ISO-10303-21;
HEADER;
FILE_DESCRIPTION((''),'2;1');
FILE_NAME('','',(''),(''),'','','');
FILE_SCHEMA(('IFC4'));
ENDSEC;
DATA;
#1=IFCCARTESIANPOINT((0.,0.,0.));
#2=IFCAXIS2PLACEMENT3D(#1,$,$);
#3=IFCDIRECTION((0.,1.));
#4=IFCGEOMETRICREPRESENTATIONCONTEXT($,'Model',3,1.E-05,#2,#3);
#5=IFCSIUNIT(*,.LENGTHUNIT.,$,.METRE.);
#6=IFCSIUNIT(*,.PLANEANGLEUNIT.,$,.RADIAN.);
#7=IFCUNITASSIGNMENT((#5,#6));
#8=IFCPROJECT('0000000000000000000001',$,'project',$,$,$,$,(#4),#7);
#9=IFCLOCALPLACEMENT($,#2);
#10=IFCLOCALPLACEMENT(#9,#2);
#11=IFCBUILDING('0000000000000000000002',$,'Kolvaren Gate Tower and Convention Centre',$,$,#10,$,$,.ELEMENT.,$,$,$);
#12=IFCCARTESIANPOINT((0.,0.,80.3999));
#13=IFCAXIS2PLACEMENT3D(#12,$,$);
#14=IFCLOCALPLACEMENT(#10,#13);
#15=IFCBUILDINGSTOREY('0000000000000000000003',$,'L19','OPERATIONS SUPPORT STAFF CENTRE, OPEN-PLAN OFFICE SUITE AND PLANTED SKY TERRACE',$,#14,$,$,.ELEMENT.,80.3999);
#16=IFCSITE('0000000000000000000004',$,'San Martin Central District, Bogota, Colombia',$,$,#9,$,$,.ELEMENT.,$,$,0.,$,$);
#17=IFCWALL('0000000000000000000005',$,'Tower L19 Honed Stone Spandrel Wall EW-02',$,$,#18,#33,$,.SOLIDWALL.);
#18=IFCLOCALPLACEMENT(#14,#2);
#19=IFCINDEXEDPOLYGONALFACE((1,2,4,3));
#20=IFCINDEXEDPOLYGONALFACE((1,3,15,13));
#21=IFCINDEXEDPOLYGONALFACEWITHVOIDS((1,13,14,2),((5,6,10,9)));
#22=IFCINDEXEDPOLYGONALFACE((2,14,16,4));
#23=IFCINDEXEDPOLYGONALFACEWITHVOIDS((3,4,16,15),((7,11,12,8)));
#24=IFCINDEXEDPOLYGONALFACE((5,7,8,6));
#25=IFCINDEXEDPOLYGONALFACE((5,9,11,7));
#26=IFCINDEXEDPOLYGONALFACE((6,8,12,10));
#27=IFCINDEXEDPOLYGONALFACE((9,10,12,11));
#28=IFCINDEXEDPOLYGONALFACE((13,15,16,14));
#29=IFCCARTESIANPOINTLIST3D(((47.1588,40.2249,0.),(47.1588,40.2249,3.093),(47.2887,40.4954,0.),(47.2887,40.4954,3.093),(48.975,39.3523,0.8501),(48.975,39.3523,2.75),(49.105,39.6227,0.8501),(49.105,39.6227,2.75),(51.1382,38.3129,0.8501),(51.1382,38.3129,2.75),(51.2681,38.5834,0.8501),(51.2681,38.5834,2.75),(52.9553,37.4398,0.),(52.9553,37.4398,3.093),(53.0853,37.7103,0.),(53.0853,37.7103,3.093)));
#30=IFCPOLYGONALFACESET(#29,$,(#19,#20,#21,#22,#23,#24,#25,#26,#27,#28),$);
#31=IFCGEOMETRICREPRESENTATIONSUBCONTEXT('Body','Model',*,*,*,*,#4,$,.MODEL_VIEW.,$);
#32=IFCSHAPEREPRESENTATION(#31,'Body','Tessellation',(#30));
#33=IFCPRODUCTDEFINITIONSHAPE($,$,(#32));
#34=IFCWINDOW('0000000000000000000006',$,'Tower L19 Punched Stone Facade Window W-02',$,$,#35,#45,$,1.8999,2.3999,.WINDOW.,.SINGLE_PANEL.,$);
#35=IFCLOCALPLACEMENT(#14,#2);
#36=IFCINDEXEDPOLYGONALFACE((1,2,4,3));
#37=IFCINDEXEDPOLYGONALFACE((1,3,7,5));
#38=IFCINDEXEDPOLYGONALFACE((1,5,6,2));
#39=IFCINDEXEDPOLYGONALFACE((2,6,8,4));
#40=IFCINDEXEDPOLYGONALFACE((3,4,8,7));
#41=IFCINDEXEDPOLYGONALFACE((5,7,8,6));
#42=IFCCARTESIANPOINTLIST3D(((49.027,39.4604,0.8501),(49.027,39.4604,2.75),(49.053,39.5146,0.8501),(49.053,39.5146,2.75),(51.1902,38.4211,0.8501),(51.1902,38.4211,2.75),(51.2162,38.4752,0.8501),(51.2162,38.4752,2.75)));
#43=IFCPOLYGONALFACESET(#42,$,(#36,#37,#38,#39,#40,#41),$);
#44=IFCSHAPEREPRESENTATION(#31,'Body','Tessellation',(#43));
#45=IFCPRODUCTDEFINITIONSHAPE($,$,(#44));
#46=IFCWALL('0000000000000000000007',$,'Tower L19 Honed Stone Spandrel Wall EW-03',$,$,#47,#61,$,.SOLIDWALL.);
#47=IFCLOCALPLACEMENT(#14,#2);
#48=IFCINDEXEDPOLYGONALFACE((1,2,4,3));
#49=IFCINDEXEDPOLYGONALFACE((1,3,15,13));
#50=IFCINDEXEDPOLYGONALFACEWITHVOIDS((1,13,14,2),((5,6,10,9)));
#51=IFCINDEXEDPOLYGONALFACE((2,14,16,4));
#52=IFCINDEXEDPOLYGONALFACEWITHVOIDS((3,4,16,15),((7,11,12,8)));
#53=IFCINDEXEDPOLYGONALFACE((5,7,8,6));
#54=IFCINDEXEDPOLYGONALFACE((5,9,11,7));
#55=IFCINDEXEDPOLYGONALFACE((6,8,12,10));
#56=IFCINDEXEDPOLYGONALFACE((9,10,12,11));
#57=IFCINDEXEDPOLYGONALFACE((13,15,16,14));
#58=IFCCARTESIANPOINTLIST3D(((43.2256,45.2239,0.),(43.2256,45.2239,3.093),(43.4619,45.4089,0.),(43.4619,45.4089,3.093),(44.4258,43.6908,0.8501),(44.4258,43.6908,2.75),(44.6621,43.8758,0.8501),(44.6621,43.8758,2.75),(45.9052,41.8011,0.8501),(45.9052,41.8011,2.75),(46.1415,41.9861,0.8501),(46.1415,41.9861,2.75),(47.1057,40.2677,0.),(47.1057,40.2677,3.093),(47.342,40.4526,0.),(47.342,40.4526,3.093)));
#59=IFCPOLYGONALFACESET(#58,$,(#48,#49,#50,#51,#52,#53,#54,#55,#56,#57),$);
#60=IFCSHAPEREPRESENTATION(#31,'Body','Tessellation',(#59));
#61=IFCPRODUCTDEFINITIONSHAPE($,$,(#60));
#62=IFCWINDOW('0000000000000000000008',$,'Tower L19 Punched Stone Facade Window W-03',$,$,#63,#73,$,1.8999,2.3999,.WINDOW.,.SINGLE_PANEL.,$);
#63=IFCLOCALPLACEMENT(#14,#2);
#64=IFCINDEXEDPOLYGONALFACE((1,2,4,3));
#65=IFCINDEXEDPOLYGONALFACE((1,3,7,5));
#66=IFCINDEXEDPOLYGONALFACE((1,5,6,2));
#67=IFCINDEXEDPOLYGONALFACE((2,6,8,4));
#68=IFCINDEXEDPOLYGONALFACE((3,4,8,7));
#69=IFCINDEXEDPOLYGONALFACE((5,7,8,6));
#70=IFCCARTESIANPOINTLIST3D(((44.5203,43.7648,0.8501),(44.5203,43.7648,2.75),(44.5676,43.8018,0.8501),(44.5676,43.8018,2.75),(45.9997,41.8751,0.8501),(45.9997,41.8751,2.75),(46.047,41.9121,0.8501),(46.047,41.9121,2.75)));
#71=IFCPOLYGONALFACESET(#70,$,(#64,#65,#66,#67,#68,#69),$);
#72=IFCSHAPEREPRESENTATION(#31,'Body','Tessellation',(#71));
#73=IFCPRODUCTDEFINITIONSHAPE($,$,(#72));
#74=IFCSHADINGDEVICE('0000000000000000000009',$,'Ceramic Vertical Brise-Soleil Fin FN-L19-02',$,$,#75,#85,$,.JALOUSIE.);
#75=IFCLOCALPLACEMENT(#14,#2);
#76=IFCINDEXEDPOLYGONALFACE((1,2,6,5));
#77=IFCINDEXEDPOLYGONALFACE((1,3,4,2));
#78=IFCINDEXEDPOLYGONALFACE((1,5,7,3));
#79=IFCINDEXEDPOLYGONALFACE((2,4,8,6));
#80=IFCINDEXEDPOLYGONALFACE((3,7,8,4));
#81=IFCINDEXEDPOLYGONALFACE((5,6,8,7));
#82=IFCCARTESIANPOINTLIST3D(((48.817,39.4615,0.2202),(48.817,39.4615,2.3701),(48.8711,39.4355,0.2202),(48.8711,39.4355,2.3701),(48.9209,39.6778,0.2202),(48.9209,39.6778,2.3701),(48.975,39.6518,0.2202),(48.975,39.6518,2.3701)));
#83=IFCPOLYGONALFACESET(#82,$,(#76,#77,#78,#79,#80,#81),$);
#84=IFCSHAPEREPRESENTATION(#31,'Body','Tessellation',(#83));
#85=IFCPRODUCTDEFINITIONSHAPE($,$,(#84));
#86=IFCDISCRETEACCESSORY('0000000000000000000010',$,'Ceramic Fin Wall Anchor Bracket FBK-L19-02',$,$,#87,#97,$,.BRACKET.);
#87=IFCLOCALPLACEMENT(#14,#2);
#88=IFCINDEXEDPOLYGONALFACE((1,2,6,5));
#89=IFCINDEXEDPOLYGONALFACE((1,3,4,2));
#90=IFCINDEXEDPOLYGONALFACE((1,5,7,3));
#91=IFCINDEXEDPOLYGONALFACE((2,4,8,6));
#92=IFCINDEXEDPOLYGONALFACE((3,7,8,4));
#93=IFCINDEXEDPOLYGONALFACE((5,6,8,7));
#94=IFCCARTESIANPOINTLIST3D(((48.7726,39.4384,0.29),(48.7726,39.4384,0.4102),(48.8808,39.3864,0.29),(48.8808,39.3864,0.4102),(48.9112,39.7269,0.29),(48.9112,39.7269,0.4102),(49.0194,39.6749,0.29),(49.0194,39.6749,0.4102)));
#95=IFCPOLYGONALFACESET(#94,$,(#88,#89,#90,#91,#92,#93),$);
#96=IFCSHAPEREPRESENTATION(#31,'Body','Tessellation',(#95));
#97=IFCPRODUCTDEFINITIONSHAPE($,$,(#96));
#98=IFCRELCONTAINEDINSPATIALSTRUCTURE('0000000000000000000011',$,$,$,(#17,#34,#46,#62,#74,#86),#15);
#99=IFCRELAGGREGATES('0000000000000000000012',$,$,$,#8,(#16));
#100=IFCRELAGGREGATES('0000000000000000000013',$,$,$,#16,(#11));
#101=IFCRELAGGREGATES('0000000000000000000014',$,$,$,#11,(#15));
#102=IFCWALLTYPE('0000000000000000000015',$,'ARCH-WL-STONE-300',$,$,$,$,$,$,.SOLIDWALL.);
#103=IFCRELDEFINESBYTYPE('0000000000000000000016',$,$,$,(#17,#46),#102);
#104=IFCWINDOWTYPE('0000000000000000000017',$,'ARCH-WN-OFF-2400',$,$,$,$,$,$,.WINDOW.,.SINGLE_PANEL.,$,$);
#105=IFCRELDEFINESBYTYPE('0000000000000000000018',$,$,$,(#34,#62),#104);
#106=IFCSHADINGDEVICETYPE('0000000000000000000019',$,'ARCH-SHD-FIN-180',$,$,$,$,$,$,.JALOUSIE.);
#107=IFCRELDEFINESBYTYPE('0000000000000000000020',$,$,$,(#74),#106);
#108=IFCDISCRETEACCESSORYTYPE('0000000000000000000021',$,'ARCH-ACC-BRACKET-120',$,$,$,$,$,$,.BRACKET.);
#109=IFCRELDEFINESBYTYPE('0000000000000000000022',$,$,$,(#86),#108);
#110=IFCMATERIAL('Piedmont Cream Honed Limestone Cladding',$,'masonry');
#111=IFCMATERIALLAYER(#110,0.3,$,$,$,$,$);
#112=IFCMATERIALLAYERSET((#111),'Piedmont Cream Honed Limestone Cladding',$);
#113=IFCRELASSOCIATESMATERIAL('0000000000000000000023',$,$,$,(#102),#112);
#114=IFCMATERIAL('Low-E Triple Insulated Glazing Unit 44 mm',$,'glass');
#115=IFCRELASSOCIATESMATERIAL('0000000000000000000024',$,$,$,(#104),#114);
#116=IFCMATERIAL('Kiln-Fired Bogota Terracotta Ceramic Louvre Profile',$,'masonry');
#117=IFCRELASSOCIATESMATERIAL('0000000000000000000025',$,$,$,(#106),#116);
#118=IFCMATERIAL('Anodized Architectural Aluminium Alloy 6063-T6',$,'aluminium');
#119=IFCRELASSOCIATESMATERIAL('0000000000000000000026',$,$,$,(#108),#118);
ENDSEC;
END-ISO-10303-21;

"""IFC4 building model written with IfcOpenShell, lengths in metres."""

from ifc_helpers import new_model, si_unit, direction, frame, frame_2d, origin, origin_2d, place, context, subcontext, project, spatial, rectangle, extrude, material, layer, layer_set, type_object, element, fill, save


model = new_model("IFC4")

# Units and contexts
model_context = context("Model", 3, precision=1e-05, world=origin(), true_north=direction((0.0, 1.0)))
body_context = subcontext(model_context, "Body", "Model", "MODEL_VIEW")
ifc_project = project(units=[si_unit("LENGTHUNIT", "METRE"), si_unit("PLANEANGLEUNIT", "RADIAN")], contexts=[model_context])

# Site, building, storey
site_placement = place(None, origin())
site = spatial("IfcSite", under=ifc_project, at=site_placement, Name="San Martin Central District, Bogota, Colombia", CompositionType="ELEMENT", RefElevation=0.0)
building_placement = place(site_placement, origin())
building = spatial("IfcBuilding", under=site, at=building_placement, Name="Kolvaren Gate Tower and Convention Centre", CompositionType="ELEMENT")
storey_placement = place(building_placement, frame((0.0, 0.0, 80.3999)))
storey = spatial("IfcBuildingStorey", under=building, at=storey_placement, Name="L19", Description="OPERATIONS SUPPORT STAFF CENTRE, OPEN-PLAN OFFICE SUITE AND PLANTED SKY TERRACE", CompositionType="ELEMENT", Elevation=80.3999)

# Shared definitions
ifc_material_1 = material(Name="Piedmont Cream Honed Limestone Cladding", Category="masonry")

# Shared definitions
ifc_layer_1 = layer(ifc_material_1, 0.3)
ifc_layer_set_1 = layer_set([ifc_layer_1], Name="Piedmont Cream Honed Limestone Cladding")
wall_type_1 = type_object("IfcWallType", Name="ARCH-WL-STONE-300", PredefinedType="SOLIDWALL", material=ifc_layer_set_1)
ifc_material_2 = material(Name="Anodized Architectural Aluminium Alloy 6063-T6", Category="aluminium")

# Walls, openings, windows
ifc_material_3 = material(Name="Low-E Triple Insulated Glazing Unit 44 mm", Category="glass")
window_type = type_object("IfcWindowType", Name="ARCH-WN-OFF-2400", PartitioningType="SINGLE_PANEL", PredefinedType="WINDOW", material=ifc_material_3)
wall_1_placement = place(storey_placement, frame((47.2239, 40.3601, 0.0), z_axis=(0.0, 0.0, 1.0), x_axis=(0.901355, -0.433082, 0.0)))
wall_1 = element("IfcWall", 1, at=wall_1_placement, inside=storey, type_object=wall_type_1, Name="Tower L19 Honed Stone Spandrel Wall EW-02", PredefinedType="SOLIDWALL", context=body_context, shape_type="SweptSolid", body=[
    extrude(rectangle(XDim=6.4309, YDim=0.3, at=frame_2d((3.2153, 0.0))), origin(), (0.0, 0.0, 1.0), 3.093),
])
opening_1_placement = place(wall_1_placement, frame((2.0149, 0.0, 0.8501)))
opening_1 = element("IfcOpeningElement", 2, at=opening_1_placement, cuts=wall_1, PredefinedType="OPENING", context=body_context, shape_type="SweptSolid", body=[
    extrude(rectangle(XDim=2.3999, YDim=1.8999, at=frame_2d((1.2, 0.95))), frame((0.0, 0.1599, 0.0), z_axis=(0.0, -1.0, 0.0), x_axis=(1.0, 0.0, 0.0)), (0.0, 0.0, 1.0), 0.3201),
])
window_1_placement = place(opening_1_placement, origin())
window_1 = element("IfcWindow", 3, at=window_1_placement, inside=storey, type_object=window_type, Name="Tower L19 Punched Stone Facade Window W-02", OverallHeight=1.8999, OverallWidth=2.3999, PartitioningType="SINGLE_PANEL", PredefinedType="WINDOW", context=body_context, shape_type="SweptSolid", body=[
    extrude(rectangle(XDim=2.3999, YDim=1.8999, at=frame_2d((1.2, 0.95))), frame((0.0, 0.03, 0.0), z_axis=(0.0, -1.0, 0.0), x_axis=(1.0, 0.0, 0.0)), (0.0, 0.0, 1.0), 0.0601),
])
fill(opening_1, window_1)
wall_2_placement = place(storey_placement, frame((43.3438, 45.3164, 0.0), z_axis=(0.0, 0.0, 1.0), x_axis=(0.616435, -0.787406, 0.0)))
wall_2 = element("IfcWall", 4, at=wall_2_placement, inside=storey, type_object=wall_type_1, Name="Tower L19 Honed Stone Spandrel Wall EW-03", PredefinedType="SOLIDWALL", context=body_context, shape_type="SweptSolid", body=[
    extrude(rectangle(XDim=6.2944, YDim=0.3, at=frame_2d((3.1472, 0.0))), origin(), (0.0, 0.0, 1.0), 3.093),
])
opening_2_placement = place(wall_2_placement, frame((1.947, 0.0, 0.8501)))
opening_2 = element("IfcOpeningElement", 5, at=opening_2_placement, cuts=wall_2, PredefinedType="OPENING", context=body_context, shape_type="SweptSolid", body=[
    extrude(rectangle(XDim=2.3999, YDim=1.8999, at=frame_2d((1.2, 0.95))), frame((0.0, 0.1599, 0.0), z_axis=(0.0, -1.0, 0.0), x_axis=(1.0, 0.0, 0.0)), (0.0, 0.0, 1.0), 0.3201),
])
window_2_placement = place(opening_2_placement, origin())
window_2 = element("IfcWindow", 6, at=window_2_placement, inside=storey, type_object=window_type, Name="Tower L19 Punched Stone Facade Window W-03", OverallHeight=1.8999, OverallWidth=2.3999, PartitioningType="SINGLE_PANEL", PredefinedType="WINDOW", context=body_context, shape_type="SweptSolid", body=[
    extrude(rectangle(XDim=2.3999, YDim=1.8999, at=frame_2d((1.2, 0.95))), frame((0.0, 0.03, 0.0), z_axis=(0.0, -1.0, 0.0), x_axis=(1.0, 0.0, 0.0)), (0.0, 0.0, 1.0), 0.0601),
])
fill(opening_2, window_2)

# Shading device
ifc_material_4 = material(Name="Kiln-Fired Bogota Terracotta Ceramic Louvre Profile", Category="masonry")
shading_device_type = type_object("IfcShadingDeviceType", Name="ARCH-SHD-FIN-180", PredefinedType="JALOUSIE", material=ifc_material_4)
shading_device_placement = place(storey_placement, frame((48.896, 39.5566, 0.2202), z_axis=(0.0, 0.0, 1.0), x_axis=(0.901358, -0.433076, 0.0)))
element("IfcShadingDevice", 7, at=shading_device_placement, inside=storey, type_object=shading_device_type, Name="Ceramic Vertical Brise-Soleil Fin FN-L19-02", PredefinedType="JALOUSIE", context=body_context, shape_type="SweptSolid", body=[
    extrude(rectangle(XDim=0.0601, YDim=0.24, at=origin_2d()), origin(), (0.0, 0.0, 1.0), 2.1499),
])

# Discrete accessory
discrete_accessory_type = type_object("IfcDiscreteAccessoryType", Name="ARCH-ACC-BRACKET-120", PredefinedType="BRACKET", material=ifc_material_2)
discrete_accessory_placement = place(storey_placement, frame((48.896, 39.5566, 0.29), z_axis=(0.0, 0.0, 1.0), x_axis=(0.901358, -0.433076, 0.0)))
element("IfcDiscreteAccessory", 8, at=discrete_accessory_placement, inside=storey, type_object=discrete_accessory_type, Name="Ceramic Fin Wall Anchor Bracket FBK-L19-02", PredefinedType="BRACKET", context=body_context, shape_type="SweptSolid", body=[
    extrude(rectangle(XDim=0.1201, YDim=0.3201, at=origin_2d()), origin(), (0.0, 0.0, 1.0), 0.1201),
])

save(model, "model.ifc")
